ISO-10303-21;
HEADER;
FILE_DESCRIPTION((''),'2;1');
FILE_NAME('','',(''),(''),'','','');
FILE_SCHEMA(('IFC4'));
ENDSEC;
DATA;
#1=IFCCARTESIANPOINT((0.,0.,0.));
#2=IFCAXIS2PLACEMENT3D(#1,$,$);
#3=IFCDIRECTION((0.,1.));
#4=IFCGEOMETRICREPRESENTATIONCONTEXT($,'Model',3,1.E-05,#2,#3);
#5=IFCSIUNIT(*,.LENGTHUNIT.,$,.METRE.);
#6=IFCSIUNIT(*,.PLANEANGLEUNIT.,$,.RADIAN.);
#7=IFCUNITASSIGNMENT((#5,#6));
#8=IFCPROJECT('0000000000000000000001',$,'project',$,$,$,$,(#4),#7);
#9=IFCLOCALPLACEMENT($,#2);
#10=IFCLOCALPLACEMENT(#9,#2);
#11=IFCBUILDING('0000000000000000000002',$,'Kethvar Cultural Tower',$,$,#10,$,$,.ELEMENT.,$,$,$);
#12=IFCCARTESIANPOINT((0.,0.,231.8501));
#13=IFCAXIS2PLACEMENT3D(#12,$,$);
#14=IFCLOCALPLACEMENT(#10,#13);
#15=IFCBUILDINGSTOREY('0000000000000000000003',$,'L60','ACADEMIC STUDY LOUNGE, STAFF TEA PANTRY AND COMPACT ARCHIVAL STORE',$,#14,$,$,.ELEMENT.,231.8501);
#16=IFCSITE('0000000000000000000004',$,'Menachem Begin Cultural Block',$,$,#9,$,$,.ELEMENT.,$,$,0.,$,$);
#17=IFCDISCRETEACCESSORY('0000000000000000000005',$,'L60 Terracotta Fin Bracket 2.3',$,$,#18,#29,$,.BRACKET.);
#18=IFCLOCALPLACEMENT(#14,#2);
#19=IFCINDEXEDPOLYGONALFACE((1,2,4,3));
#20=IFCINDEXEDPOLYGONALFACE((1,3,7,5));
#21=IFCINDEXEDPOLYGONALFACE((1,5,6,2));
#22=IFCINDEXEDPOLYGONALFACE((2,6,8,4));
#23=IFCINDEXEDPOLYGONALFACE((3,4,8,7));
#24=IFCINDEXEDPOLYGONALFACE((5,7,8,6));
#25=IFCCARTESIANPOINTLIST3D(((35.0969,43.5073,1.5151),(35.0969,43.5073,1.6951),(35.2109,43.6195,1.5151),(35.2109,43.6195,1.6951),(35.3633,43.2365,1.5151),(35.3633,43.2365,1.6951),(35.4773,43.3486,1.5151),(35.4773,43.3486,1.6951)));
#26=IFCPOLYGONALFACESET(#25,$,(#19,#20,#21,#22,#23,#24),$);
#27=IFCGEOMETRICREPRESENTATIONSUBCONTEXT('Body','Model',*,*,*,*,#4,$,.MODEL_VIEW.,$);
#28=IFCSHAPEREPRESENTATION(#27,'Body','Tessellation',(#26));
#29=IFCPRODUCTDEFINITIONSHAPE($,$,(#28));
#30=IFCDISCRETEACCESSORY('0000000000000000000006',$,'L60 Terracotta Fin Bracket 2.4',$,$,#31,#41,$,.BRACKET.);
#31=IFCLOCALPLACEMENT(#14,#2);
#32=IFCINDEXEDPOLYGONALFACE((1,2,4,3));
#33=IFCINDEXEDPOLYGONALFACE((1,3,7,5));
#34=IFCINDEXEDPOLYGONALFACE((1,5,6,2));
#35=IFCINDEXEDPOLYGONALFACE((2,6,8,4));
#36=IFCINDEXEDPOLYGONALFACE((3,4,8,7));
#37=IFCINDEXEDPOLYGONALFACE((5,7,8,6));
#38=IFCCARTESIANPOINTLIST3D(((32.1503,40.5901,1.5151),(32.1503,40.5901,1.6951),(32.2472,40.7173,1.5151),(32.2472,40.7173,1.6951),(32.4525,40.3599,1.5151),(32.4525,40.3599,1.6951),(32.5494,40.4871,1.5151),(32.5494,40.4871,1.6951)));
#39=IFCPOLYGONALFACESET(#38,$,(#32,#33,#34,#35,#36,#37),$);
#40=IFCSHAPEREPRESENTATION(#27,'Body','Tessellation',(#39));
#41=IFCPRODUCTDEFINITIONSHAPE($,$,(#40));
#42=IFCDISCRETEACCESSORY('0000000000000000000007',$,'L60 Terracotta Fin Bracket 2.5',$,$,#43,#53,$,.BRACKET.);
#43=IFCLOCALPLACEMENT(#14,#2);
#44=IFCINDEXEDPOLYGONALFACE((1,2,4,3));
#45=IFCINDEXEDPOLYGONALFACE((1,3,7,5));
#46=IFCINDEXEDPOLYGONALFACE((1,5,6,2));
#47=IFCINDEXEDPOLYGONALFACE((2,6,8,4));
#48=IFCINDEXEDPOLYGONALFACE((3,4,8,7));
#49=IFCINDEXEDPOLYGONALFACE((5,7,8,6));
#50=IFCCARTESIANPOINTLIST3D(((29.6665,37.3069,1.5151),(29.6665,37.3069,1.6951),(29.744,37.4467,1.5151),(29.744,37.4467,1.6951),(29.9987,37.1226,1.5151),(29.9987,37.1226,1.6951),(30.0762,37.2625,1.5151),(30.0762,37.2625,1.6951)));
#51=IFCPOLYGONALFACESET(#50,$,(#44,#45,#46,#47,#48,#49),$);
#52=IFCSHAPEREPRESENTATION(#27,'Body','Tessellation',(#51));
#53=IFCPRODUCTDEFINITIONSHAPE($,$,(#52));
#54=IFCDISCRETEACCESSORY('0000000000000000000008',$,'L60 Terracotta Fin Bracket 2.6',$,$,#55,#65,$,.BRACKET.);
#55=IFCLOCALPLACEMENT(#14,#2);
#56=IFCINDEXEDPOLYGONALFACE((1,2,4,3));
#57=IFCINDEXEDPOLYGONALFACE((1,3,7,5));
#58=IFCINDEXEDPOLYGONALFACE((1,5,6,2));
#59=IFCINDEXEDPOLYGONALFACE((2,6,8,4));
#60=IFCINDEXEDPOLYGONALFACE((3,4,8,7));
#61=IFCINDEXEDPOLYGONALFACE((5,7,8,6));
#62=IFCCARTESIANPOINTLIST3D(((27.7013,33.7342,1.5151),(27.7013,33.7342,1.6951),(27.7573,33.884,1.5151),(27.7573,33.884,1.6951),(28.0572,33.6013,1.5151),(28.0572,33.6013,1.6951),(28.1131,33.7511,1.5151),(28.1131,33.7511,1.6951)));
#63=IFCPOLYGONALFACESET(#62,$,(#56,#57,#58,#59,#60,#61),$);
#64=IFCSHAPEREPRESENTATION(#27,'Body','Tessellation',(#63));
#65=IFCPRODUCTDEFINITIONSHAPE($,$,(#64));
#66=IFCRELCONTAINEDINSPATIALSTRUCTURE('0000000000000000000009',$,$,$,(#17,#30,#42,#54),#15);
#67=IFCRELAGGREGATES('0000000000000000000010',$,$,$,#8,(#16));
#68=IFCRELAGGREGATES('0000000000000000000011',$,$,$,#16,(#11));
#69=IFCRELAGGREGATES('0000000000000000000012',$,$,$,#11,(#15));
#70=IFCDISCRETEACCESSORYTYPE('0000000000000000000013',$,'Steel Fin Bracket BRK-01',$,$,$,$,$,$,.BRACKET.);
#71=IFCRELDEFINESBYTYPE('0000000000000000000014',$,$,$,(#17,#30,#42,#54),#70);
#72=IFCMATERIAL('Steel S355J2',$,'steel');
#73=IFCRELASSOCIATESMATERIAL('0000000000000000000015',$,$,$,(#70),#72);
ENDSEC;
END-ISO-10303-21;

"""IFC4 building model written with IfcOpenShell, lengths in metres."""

from ifc_helpers import new_model, si_unit, direction, frame, origin, origin_2d, place, context, subcontext, project, spatial, rectangle, extrude, source, transform, mapped, material, type_object, element, save


model = new_model("IFC4")

# Units and contexts
model_context = context("Model", 3, precision=1e-05, world=origin(), true_north=direction((0.0, 1.0)))
body_context = subcontext(model_context, "Body", "Model", "MODEL_VIEW")
ifc_project = project(units=[si_unit("LENGTHUNIT", "METRE"), si_unit("PLANEANGLEUNIT", "RADIAN")], contexts=[model_context])

# Site, building, storey
site_placement = place(None, origin())
site = spatial("IfcSite", under=ifc_project, at=site_placement, Name="Menachem Begin Cultural Block", CompositionType="ELEMENT", RefElevation=0.0)
building_placement = place(site_placement, origin())
building = spatial("IfcBuilding", under=site, at=building_placement, Name="Kethvar Cultural Tower", CompositionType="ELEMENT")
storey_placement = place(building_placement, frame((0.0, 0.0, 231.8501)))
storey = spatial("IfcBuildingStorey", under=building, at=storey_placement, Name="L60", Description="ACADEMIC STUDY LOUNGE, STAFF TEA PANTRY AND COMPACT ARCHIVAL STORE", CompositionType="ELEMENT", Elevation=231.8501)

# Shared definitions
ifc_material_1 = material(Name="Steel S355J2", Category="steel")

# Discrete accessories
discrete_accessory_type = type_object("IfcDiscreteAccessoryType", Name="Steel Fin Bracket BRK-01", PredefinedType="BRACKET", material=ifc_material_1)
shared_shape_1 = source(origin(), body_context, "Body", "SweptSolid", [
    extrude(rectangle(XDim=0.3799, YDim=0.1599, at=origin_2d()), origin(), (0.0, 0.0, 1.0), 0.1799),
])
for number, where, z_axis, x_axis, name in (
    (1, (35.2871, 43.428, 1.5151), (0.0, 0.0, 1.0), (-0.701283, 0.712883, 0.0), "L60 Terracotta Fin Bracket 2.3"),
    (2, (32.3499, 40.5386, 1.5151), (0.0, 0.0, 1.0), (-0.795473, 0.605988, 0.0), "L60 Terracotta Fin Bracket 2.4"),
    (3, (29.8713, 37.2847, 1.5151), (0.0, 0.0, 1.0), (-0.874535, 0.484962, 0.0), "L60 Terracotta Fin Bracket 2.5"),
    (4, (27.9072, 33.7427, 1.5151), (0.0, 0.0, 1.0), (-0.936794, 0.34988, 0.0), "L60 Terracotta Fin Bracket 2.6"),
):
    element("IfcDiscreteAccessory", number, at=place(storey_placement, frame(where, z_axis=z_axis, x_axis=x_axis)), inside=storey, type_object=discrete_accessory_type, Name=name, PredefinedType="BRACKET", context=body_context, shape_type="MappedRepresentation", body=[
        mapped(shared_shape_1, transform((0.0, 0.0, 0.0), scale=1.0)),
    ])

save(model, "model.ifc")
